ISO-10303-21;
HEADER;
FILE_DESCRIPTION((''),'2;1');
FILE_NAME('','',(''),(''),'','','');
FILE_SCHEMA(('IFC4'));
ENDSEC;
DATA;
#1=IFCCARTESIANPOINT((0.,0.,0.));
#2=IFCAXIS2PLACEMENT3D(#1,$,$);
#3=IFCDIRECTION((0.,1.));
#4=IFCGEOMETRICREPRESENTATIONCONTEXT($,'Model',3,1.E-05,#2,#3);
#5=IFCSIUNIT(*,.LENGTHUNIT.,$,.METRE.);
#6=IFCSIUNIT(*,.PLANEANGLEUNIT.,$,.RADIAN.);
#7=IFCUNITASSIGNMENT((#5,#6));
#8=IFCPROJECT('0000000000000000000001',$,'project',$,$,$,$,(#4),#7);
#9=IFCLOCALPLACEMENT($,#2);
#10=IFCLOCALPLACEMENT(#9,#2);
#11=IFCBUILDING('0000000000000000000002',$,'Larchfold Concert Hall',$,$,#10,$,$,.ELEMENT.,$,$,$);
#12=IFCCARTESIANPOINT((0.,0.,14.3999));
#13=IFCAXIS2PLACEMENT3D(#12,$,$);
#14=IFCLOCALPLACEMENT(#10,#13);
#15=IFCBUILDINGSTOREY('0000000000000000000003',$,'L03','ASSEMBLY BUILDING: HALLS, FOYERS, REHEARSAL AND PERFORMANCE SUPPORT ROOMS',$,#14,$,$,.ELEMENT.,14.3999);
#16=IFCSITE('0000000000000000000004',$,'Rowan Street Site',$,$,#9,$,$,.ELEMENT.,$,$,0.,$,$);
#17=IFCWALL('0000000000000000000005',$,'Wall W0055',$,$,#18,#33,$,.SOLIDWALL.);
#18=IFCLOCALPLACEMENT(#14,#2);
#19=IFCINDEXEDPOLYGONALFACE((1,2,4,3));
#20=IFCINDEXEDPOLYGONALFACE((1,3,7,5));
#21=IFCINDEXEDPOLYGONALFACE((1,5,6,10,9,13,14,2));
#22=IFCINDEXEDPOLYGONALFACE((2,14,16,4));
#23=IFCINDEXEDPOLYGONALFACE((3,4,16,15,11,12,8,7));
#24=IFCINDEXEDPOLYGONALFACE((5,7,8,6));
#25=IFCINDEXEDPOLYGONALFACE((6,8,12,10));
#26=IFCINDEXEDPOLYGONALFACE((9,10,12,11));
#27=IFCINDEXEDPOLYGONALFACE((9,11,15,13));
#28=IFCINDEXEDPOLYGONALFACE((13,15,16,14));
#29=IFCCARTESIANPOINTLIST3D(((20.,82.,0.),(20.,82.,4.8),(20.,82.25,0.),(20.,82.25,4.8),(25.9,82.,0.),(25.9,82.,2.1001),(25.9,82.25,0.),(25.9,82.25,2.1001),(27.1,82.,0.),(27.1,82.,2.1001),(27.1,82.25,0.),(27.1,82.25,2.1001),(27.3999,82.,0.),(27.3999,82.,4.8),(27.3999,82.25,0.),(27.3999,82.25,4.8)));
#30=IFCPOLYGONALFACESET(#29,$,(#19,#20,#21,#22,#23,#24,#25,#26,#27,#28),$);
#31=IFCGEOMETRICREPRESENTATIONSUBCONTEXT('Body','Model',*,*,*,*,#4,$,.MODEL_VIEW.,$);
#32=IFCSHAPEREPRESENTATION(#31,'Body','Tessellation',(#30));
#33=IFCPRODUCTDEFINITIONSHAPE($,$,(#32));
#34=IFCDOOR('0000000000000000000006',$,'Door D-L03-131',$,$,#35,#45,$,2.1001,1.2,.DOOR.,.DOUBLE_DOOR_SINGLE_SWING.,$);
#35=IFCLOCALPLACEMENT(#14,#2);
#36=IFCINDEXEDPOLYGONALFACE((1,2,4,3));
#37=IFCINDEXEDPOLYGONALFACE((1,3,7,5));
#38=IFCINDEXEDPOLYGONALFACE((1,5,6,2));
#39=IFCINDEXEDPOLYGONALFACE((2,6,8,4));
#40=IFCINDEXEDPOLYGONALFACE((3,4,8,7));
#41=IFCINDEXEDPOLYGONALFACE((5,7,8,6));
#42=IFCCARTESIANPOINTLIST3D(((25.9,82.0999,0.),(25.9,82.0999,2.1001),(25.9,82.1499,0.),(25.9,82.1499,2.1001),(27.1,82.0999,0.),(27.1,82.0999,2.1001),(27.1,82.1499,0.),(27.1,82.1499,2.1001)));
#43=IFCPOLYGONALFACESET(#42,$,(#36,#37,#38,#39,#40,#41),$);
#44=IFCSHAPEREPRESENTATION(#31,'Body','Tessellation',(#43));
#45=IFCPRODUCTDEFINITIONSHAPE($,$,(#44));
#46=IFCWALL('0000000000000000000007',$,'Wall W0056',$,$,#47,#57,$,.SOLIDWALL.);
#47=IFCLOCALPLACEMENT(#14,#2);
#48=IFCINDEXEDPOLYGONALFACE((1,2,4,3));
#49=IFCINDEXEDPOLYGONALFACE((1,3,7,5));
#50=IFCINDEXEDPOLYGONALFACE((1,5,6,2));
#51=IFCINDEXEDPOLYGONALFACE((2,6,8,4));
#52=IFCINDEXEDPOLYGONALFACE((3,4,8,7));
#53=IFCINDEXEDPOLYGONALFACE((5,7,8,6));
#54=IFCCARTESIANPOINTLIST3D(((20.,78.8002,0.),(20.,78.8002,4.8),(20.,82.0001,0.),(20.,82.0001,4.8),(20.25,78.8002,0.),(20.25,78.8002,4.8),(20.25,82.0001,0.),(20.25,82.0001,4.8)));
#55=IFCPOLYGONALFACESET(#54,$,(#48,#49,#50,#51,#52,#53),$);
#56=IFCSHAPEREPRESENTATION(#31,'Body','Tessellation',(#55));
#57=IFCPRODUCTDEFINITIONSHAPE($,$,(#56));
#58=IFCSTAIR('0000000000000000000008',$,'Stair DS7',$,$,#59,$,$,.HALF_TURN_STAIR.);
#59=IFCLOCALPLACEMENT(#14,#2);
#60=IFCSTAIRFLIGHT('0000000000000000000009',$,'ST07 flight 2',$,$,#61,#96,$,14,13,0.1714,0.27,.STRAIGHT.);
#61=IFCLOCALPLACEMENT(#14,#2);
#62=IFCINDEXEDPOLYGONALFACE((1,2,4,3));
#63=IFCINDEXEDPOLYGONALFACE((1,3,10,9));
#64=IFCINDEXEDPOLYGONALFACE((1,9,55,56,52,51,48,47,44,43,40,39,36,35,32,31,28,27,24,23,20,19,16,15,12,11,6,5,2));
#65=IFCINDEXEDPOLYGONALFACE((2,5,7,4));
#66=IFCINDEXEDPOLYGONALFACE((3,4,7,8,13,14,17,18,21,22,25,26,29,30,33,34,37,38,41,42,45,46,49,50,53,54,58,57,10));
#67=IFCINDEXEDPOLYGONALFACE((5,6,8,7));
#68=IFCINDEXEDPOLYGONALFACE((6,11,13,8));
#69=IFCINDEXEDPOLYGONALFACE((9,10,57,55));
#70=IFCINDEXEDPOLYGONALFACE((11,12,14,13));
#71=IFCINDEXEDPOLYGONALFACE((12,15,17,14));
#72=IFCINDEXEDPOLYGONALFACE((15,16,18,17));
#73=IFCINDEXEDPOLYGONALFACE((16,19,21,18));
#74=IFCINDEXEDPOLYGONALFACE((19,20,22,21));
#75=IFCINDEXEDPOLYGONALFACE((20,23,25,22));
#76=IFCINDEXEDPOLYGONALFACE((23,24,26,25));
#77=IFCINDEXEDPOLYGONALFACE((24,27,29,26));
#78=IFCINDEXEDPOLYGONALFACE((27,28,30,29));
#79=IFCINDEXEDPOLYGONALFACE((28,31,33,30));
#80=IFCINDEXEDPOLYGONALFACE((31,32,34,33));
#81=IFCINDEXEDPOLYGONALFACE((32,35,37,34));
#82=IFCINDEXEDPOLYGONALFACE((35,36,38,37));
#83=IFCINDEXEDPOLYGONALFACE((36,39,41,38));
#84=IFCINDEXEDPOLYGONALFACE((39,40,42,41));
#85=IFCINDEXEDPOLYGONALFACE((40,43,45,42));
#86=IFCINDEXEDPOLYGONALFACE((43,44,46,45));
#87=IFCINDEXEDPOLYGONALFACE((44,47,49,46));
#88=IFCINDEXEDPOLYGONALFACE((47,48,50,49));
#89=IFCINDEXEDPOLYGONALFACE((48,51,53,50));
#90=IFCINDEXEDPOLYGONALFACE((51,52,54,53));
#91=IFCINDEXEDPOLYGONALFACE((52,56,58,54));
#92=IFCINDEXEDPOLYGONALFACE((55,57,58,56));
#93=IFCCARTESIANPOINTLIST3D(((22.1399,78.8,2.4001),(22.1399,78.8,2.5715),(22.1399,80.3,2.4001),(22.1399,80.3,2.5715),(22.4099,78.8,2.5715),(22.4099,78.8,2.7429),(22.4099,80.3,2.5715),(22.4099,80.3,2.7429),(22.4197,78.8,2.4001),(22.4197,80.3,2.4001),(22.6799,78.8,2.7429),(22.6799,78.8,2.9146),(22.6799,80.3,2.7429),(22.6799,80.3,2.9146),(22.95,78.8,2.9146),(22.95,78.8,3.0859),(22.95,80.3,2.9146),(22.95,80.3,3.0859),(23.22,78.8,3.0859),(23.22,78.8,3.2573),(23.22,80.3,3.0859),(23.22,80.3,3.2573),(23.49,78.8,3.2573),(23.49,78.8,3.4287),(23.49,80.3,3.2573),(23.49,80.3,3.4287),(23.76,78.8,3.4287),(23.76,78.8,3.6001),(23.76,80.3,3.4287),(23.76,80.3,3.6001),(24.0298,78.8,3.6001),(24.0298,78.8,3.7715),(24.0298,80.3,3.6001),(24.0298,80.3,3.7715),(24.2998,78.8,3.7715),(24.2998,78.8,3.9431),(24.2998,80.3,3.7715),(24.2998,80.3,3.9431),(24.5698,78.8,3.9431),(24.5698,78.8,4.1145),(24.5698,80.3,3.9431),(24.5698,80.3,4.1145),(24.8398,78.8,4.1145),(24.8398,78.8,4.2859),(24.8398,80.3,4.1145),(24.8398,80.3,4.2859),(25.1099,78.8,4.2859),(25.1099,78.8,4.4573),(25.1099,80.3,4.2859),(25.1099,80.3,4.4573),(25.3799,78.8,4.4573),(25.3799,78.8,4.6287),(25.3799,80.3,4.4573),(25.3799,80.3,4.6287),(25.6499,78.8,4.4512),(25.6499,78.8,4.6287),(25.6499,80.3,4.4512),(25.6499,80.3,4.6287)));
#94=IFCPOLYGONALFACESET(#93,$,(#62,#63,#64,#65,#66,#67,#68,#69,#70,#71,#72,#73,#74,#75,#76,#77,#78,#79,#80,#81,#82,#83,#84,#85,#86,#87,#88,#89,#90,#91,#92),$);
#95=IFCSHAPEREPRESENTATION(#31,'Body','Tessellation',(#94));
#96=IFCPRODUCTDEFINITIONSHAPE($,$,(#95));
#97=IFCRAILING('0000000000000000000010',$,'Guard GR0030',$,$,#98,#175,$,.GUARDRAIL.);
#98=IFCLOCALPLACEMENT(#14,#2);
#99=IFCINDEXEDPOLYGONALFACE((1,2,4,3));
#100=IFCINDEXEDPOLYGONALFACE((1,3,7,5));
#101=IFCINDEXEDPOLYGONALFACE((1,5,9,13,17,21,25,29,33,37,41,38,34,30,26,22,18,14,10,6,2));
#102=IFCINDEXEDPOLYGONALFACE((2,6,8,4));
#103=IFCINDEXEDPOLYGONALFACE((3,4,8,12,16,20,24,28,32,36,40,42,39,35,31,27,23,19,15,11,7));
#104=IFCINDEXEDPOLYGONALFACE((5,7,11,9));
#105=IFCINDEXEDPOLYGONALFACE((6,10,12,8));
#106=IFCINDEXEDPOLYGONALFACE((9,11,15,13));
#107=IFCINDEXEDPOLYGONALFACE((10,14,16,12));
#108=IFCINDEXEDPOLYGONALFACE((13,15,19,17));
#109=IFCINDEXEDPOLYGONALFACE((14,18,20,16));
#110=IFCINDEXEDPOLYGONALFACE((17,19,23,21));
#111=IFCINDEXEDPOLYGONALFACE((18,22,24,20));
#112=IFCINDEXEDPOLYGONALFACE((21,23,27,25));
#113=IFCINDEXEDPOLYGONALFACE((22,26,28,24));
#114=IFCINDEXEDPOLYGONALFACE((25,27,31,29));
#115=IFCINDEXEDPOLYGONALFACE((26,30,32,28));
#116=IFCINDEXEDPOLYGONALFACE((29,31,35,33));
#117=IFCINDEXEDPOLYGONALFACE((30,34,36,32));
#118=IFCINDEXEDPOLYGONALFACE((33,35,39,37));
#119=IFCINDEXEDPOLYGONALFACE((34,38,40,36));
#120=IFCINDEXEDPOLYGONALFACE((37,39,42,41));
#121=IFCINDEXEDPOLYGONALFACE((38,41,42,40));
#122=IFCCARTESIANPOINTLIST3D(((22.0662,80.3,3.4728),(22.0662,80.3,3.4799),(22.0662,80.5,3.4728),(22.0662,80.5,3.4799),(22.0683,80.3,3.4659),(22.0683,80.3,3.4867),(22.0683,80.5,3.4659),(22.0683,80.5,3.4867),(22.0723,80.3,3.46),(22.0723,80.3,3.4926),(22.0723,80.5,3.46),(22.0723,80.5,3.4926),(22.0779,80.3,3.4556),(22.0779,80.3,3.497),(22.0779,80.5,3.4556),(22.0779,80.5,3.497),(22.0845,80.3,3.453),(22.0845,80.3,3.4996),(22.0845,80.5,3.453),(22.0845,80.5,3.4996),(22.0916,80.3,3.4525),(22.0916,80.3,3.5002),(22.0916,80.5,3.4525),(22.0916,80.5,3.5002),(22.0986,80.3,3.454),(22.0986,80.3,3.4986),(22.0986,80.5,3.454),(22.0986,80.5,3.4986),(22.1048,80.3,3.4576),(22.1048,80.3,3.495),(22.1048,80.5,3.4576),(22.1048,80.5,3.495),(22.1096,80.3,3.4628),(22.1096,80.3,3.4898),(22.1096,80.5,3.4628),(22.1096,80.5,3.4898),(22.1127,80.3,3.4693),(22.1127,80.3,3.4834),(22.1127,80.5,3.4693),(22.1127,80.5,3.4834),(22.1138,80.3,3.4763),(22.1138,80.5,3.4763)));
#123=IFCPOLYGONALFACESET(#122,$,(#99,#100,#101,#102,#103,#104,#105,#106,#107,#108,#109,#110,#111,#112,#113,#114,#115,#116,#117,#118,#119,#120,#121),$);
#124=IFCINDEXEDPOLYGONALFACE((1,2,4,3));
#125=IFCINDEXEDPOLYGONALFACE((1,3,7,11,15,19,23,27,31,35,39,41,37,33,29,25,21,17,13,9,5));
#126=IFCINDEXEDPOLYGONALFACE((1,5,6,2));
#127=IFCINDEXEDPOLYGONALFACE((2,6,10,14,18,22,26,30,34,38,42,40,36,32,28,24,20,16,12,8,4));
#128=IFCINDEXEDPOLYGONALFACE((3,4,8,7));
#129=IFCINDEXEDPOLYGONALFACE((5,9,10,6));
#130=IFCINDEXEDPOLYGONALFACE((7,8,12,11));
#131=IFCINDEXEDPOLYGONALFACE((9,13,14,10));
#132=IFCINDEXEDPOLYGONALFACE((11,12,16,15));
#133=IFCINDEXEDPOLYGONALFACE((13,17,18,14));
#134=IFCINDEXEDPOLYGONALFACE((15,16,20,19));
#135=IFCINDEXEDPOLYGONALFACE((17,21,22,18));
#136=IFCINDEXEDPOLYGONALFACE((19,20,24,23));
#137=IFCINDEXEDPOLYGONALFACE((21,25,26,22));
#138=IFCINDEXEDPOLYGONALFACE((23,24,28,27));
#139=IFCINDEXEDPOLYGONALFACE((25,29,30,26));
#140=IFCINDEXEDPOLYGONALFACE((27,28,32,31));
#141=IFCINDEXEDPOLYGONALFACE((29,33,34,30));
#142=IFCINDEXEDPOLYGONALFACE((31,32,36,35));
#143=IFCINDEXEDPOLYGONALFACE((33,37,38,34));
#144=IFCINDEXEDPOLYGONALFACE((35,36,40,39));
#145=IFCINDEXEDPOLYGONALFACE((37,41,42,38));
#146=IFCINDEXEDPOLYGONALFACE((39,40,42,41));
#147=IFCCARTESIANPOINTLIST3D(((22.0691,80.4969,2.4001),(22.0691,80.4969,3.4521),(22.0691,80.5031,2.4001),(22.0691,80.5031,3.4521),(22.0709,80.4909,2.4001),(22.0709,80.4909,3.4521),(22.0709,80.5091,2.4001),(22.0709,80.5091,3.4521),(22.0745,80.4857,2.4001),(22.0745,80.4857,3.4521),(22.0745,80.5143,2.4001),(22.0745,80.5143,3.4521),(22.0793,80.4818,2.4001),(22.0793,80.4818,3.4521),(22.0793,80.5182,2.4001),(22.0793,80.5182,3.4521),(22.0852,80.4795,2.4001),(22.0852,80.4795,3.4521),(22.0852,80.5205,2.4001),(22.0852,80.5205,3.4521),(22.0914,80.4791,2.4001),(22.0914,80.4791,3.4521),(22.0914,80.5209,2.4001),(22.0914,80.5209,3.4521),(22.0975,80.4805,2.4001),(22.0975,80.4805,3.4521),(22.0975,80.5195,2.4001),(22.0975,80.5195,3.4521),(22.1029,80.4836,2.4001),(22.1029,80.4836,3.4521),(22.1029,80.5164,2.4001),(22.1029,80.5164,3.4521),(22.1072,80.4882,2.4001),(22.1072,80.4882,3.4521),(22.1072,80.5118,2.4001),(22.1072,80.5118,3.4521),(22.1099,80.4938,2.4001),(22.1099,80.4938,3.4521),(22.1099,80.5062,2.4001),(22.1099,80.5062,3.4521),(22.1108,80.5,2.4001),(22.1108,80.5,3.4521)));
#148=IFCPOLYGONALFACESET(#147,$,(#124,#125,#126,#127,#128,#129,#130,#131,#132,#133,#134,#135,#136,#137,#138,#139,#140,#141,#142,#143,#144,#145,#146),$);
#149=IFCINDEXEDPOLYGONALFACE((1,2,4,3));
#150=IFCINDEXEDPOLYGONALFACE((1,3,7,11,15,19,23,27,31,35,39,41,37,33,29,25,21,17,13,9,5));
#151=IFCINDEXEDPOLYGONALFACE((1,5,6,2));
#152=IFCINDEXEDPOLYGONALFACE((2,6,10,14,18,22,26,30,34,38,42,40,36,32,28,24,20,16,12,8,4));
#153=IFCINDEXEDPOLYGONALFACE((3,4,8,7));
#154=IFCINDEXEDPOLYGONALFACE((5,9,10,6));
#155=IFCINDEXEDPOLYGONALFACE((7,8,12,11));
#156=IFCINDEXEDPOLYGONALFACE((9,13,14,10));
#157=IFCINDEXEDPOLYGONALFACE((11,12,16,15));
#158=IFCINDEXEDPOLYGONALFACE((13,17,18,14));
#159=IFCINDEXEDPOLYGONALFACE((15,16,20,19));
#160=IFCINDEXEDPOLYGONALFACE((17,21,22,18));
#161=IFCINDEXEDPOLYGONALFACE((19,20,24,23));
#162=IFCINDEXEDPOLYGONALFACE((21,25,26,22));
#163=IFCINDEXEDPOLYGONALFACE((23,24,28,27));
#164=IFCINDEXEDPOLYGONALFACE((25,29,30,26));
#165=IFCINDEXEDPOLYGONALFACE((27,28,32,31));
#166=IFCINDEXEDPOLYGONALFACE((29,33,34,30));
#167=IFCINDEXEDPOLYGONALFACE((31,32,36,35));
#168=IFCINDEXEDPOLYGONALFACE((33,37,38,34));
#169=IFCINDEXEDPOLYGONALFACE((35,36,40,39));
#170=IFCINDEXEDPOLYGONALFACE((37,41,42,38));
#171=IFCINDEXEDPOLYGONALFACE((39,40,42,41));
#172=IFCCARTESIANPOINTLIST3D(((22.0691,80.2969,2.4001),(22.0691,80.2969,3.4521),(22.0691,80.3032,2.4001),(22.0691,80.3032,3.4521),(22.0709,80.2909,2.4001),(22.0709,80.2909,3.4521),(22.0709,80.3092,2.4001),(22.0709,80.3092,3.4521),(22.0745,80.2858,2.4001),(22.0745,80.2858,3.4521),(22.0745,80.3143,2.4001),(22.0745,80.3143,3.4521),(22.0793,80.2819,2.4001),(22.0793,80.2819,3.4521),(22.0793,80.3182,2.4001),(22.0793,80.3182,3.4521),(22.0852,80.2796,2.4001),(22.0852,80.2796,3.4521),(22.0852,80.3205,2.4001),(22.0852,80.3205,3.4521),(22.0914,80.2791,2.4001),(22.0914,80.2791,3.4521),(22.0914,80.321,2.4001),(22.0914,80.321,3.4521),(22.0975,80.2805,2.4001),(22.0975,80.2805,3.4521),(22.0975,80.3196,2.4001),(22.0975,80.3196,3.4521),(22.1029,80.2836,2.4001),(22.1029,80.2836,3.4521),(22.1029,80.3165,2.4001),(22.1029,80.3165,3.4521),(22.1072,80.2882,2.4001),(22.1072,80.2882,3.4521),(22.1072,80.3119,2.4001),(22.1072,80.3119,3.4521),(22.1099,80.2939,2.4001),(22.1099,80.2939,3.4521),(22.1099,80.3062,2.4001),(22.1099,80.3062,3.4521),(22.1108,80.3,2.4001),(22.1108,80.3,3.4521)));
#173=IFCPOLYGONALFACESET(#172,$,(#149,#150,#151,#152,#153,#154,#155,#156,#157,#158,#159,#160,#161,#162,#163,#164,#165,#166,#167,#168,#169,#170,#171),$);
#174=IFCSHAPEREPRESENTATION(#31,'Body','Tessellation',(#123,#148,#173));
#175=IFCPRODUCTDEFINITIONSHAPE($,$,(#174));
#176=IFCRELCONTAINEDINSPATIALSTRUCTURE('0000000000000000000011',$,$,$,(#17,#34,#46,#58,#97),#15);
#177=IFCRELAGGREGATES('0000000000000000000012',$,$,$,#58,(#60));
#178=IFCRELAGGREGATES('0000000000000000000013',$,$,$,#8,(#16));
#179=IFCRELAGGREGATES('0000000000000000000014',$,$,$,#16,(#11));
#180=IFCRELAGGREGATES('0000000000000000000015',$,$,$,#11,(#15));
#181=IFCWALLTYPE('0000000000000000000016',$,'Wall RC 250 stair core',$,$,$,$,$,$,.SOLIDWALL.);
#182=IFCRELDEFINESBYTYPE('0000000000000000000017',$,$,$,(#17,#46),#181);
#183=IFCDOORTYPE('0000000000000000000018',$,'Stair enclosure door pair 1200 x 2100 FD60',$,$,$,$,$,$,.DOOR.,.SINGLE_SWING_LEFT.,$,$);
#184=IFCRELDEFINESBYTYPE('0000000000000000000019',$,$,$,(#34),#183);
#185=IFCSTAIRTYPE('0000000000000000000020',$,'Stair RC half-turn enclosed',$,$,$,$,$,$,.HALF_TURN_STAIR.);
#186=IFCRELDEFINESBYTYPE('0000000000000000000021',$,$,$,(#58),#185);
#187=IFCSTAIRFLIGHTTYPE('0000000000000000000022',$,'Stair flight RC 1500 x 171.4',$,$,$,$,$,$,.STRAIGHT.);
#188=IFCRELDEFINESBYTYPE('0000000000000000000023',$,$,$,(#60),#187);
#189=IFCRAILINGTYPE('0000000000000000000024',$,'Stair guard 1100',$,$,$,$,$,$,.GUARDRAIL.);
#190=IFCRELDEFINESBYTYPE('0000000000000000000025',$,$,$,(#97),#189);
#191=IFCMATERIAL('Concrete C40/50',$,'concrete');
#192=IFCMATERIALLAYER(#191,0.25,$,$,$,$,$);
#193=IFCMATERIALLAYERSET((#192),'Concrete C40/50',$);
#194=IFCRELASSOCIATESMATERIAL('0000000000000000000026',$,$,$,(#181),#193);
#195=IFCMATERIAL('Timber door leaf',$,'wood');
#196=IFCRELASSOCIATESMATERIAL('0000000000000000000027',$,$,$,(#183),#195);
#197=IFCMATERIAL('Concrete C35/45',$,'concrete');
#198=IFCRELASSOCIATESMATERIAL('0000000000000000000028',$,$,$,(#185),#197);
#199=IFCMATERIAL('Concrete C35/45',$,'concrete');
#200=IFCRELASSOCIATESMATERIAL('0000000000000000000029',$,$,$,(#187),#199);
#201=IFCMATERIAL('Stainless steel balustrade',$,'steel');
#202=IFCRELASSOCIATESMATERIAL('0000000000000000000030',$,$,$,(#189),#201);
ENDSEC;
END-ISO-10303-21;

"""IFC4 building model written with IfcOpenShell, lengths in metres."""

from ifc_helpers import new_model, si_unit, direction, frame, frame_2d, origin, origin_2d, place, context, subcontext, project, spatial, polyline, rectangle, circle, outline, extrude, material, layer, layer_set, type_object, element, fill, aggregate, save


model = new_model("IFC4")

# Units and contexts
model_context = context("Model", 3, precision=1e-05, world=origin(), true_north=direction((0.0, 1.0)))
body_context = subcontext(model_context, "Body", "Model", "MODEL_VIEW")
ifc_project = project(units=[si_unit("LENGTHUNIT", "METRE"), si_unit("PLANEANGLEUNIT", "RADIAN")], contexts=[model_context])

# Site, building, storey
site_placement = place(None, origin())
site = spatial("IfcSite", under=ifc_project, at=site_placement, Name="Rowan Street Site", CompositionType="ELEMENT", RefElevation=0.0)
building_placement = place(site_placement, origin())
building = spatial("IfcBuilding", under=site, at=building_placement, Name="Larchfold Concert Hall", CompositionType="ELEMENT")
storey_placement = place(building_placement, frame((0.0, 0.0, 14.3999)))
storey = spatial("IfcBuildingStorey", under=building, at=storey_placement, Name="L03", Description="ASSEMBLY BUILDING: HALLS, FOYERS, REHEARSAL AND PERFORMANCE SUPPORT ROOMS", CompositionType="ELEMENT", Elevation=14.3999)

# Shared definitions
ifc_material_1 = material(Name="Concrete C40/50", Category="concrete")
ifc_layer_1 = layer(ifc_material_1, 0.25)
ifc_layer_set_1 = layer_set([ifc_layer_1], Name="Concrete C40/50")
wall_type_1 = type_object("IfcWallType", Name="Wall RC 250 stair core", PredefinedType="SOLIDWALL", material=ifc_layer_set_1)

# Wall, opening, door
wall_1_placement = place(storey_placement, frame((20.0, 82.125, 0.0), z_axis=(0.0, 0.0, 1.0), x_axis=(1.0, 0.0, 0.0)))
wall_1 = element("IfcWall", 1, at=wall_1_placement, inside=storey, type_object=wall_type_1, Name="Wall W0055", PredefinedType="SOLIDWALL", context=body_context, shape_type="SweptSolid", body=[
    extrude(rectangle(XDim=7.3999, YDim=0.25, at=frame_2d((3.7, 0.0))), origin(), (0.0, 0.0, 1.0), 4.8),
])
opening_1_placement = place(wall_1_placement, frame((5.8999, 0.0, 0.0)))
opening_1 = element("IfcOpeningElement", 2, at=opening_1_placement, cuts=wall_1, PredefinedType="OPENING", context=body_context, shape_type="SweptSolid", body=[
    extrude(rectangle(XDim=1.2, YDim=2.1001, at=frame_2d((0.6001, 1.05))), frame((0.0, 0.135, 0.0), z_axis=(0.0, -1.0, 0.0), x_axis=(1.0, 0.0, 0.0)), (0.0, 0.0, 1.0), 0.27),
])
ifc_material_2 = material(Name="Timber door leaf", Category="wood")
door_type_1 = type_object("IfcDoorType", Name="Stair enclosure door pair 1200 x 2100 FD60", OperationType="SINGLE_SWING_LEFT", PredefinedType="DOOR", material=ifc_material_2)
door_1_placement = place(opening_1_placement, origin())
door_1 = element("IfcDoor", 3, at=door_1_placement, inside=storey, type_object=door_type_1, Name="Door D-L03-131", OperationType="DOUBLE_DOOR_SINGLE_SWING", OverallHeight=2.1001, OverallWidth=1.2, PredefinedType="DOOR", context=body_context, shape_type="SweptSolid", body=[
    extrude(rectangle(XDim=1.2, YDim=2.1001, at=frame_2d((0.6001, 1.05))), frame((0.0, 0.0249, 0.0), z_axis=(0.0, -1.0, 0.0), x_axis=(1.0, 0.0, 0.0)), (0.0, 0.0, 1.0), 0.05),
])
fill(opening_1, door_1)

# Wall
wall_2_placement = place(storey_placement, frame((20.125, 78.8, 0.0), z_axis=(0.0, 0.0, 1.0), x_axis=(0.0, 1.0, 0.0)))
element("IfcWall", 4, at=wall_2_placement, inside=storey, type_object=wall_type_1, Name="Wall W0056", PredefinedType="SOLIDWALL", context=body_context, shape_type="SweptSolid", body=[
    extrude(rectangle(XDim=3.2, YDim=0.25, at=frame_2d((1.6001, 0.0))), origin(), (0.0, 0.0, 1.0), 4.8),
])

# Stair, stair flight
ifc_material_3 = material(Name="Concrete C35/45", Category="concrete")
stair_type = type_object("IfcStairType", Name="Stair RC half-turn enclosed", PredefinedType="HALF_TURN_STAIR", material=ifc_material_3)
stair_placement = place(storey_placement, origin())
stair = element("IfcStair", 5, at=stair_placement, inside=storey, type_object=stair_type, Name="Stair DS7", PredefinedType="HALF_TURN_STAIR")
ifc_material_4 = material(Name="Concrete C35/45", Category="concrete")
stair_flight_type = type_object("IfcStairFlightType", Name="Stair flight RC 1500 x 171.4", PredefinedType="STRAIGHT", material=ifc_material_4)
stair_flight_placement = place(storey_placement, frame((22.1399, 79.55, 2.4001), z_axis=(0.0, 0.0, 1.0), x_axis=(1.0, 0.0, 0.0)))
stair_flight = element("IfcStairFlight", 6, at=stair_flight_placement, type_object=stair_flight_type, Name="ST07 flight 2", NumberOfRisers=14, NumberOfTreads=13, PredefinedType="STRAIGHT", RiserHeight=0.1714, TreadLength=0.27, context=body_context, shape_type="SweptSolid", body=[
    extrude(outline(polyline([(0.0, 0.0), (0.0, 0.1714), (0.27, 0.1714), (0.27, 0.3428), (0.54, 0.3428), (0.54, 0.5144), (0.8101, 0.5144), (0.8101, 0.6858), (1.0801, 0.6858), (1.0801, 0.8572), (1.3501, 0.8572), (1.3501, 1.0286), (1.6201, 1.0286), (1.6201, 1.2), (1.8899, 1.2), (1.8899, 1.3713), (2.1599, 1.3713), (2.1599, 1.543), (2.4299, 1.543), (2.4299, 1.7144), (2.7, 1.7144), (2.7, 1.8857), (2.97, 1.8857), (2.97, 2.0571), (3.24, 2.0571), (3.24, 2.2285), (3.51, 2.2285), (3.51, 2.3999), (3.51, 2.051), (0.2798, 0.0), (0.0, 0.0)])), frame((0.0, 0.75, 0.0), z_axis=(0.0, -1.0, 0.0), x_axis=(1.0, 0.0, 0.0)), (0.0, 0.0, 1.0), 1.5),
])
aggregate(stair, [stair_flight])

# Railing
ifc_material_5 = material(Name="Stainless steel balustrade", Category="steel")
railing_type_1 = type_object("IfcRailingType", Name="Stair guard 1100", PredefinedType="GUARDRAIL", material=ifc_material_5)
railing_1_placement = place(storey_placement, frame((22.0898, 80.5, 2.4001)))
element("IfcRailing", 7, at=railing_1_placement, inside=storey, type_object=railing_type_1, Name="Guard GR0030", PredefinedType="GUARDRAIL", context=body_context, shape_type="SweptSolid", body=[
    extrude(circle(Radius=0.0239, at=origin_2d()), frame((0.0, 0.0, 1.0762), z_axis=(0.0, -1.0, 0.0), x_axis=(1.0, 0.0, 0.0)), (0.0, 0.0, 1.0), 0.2),
    extrude(circle(Radius=0.021, at=origin_2d()), origin(), (0.0, 0.0, 1.0), 1.052),
    extrude(circle(Radius=0.021, at=origin_2d()), frame((0.0, -0.2, 0.0)), (0.0, 0.0, 1.0), 1.052),
])

save(model, "model.ifc")
